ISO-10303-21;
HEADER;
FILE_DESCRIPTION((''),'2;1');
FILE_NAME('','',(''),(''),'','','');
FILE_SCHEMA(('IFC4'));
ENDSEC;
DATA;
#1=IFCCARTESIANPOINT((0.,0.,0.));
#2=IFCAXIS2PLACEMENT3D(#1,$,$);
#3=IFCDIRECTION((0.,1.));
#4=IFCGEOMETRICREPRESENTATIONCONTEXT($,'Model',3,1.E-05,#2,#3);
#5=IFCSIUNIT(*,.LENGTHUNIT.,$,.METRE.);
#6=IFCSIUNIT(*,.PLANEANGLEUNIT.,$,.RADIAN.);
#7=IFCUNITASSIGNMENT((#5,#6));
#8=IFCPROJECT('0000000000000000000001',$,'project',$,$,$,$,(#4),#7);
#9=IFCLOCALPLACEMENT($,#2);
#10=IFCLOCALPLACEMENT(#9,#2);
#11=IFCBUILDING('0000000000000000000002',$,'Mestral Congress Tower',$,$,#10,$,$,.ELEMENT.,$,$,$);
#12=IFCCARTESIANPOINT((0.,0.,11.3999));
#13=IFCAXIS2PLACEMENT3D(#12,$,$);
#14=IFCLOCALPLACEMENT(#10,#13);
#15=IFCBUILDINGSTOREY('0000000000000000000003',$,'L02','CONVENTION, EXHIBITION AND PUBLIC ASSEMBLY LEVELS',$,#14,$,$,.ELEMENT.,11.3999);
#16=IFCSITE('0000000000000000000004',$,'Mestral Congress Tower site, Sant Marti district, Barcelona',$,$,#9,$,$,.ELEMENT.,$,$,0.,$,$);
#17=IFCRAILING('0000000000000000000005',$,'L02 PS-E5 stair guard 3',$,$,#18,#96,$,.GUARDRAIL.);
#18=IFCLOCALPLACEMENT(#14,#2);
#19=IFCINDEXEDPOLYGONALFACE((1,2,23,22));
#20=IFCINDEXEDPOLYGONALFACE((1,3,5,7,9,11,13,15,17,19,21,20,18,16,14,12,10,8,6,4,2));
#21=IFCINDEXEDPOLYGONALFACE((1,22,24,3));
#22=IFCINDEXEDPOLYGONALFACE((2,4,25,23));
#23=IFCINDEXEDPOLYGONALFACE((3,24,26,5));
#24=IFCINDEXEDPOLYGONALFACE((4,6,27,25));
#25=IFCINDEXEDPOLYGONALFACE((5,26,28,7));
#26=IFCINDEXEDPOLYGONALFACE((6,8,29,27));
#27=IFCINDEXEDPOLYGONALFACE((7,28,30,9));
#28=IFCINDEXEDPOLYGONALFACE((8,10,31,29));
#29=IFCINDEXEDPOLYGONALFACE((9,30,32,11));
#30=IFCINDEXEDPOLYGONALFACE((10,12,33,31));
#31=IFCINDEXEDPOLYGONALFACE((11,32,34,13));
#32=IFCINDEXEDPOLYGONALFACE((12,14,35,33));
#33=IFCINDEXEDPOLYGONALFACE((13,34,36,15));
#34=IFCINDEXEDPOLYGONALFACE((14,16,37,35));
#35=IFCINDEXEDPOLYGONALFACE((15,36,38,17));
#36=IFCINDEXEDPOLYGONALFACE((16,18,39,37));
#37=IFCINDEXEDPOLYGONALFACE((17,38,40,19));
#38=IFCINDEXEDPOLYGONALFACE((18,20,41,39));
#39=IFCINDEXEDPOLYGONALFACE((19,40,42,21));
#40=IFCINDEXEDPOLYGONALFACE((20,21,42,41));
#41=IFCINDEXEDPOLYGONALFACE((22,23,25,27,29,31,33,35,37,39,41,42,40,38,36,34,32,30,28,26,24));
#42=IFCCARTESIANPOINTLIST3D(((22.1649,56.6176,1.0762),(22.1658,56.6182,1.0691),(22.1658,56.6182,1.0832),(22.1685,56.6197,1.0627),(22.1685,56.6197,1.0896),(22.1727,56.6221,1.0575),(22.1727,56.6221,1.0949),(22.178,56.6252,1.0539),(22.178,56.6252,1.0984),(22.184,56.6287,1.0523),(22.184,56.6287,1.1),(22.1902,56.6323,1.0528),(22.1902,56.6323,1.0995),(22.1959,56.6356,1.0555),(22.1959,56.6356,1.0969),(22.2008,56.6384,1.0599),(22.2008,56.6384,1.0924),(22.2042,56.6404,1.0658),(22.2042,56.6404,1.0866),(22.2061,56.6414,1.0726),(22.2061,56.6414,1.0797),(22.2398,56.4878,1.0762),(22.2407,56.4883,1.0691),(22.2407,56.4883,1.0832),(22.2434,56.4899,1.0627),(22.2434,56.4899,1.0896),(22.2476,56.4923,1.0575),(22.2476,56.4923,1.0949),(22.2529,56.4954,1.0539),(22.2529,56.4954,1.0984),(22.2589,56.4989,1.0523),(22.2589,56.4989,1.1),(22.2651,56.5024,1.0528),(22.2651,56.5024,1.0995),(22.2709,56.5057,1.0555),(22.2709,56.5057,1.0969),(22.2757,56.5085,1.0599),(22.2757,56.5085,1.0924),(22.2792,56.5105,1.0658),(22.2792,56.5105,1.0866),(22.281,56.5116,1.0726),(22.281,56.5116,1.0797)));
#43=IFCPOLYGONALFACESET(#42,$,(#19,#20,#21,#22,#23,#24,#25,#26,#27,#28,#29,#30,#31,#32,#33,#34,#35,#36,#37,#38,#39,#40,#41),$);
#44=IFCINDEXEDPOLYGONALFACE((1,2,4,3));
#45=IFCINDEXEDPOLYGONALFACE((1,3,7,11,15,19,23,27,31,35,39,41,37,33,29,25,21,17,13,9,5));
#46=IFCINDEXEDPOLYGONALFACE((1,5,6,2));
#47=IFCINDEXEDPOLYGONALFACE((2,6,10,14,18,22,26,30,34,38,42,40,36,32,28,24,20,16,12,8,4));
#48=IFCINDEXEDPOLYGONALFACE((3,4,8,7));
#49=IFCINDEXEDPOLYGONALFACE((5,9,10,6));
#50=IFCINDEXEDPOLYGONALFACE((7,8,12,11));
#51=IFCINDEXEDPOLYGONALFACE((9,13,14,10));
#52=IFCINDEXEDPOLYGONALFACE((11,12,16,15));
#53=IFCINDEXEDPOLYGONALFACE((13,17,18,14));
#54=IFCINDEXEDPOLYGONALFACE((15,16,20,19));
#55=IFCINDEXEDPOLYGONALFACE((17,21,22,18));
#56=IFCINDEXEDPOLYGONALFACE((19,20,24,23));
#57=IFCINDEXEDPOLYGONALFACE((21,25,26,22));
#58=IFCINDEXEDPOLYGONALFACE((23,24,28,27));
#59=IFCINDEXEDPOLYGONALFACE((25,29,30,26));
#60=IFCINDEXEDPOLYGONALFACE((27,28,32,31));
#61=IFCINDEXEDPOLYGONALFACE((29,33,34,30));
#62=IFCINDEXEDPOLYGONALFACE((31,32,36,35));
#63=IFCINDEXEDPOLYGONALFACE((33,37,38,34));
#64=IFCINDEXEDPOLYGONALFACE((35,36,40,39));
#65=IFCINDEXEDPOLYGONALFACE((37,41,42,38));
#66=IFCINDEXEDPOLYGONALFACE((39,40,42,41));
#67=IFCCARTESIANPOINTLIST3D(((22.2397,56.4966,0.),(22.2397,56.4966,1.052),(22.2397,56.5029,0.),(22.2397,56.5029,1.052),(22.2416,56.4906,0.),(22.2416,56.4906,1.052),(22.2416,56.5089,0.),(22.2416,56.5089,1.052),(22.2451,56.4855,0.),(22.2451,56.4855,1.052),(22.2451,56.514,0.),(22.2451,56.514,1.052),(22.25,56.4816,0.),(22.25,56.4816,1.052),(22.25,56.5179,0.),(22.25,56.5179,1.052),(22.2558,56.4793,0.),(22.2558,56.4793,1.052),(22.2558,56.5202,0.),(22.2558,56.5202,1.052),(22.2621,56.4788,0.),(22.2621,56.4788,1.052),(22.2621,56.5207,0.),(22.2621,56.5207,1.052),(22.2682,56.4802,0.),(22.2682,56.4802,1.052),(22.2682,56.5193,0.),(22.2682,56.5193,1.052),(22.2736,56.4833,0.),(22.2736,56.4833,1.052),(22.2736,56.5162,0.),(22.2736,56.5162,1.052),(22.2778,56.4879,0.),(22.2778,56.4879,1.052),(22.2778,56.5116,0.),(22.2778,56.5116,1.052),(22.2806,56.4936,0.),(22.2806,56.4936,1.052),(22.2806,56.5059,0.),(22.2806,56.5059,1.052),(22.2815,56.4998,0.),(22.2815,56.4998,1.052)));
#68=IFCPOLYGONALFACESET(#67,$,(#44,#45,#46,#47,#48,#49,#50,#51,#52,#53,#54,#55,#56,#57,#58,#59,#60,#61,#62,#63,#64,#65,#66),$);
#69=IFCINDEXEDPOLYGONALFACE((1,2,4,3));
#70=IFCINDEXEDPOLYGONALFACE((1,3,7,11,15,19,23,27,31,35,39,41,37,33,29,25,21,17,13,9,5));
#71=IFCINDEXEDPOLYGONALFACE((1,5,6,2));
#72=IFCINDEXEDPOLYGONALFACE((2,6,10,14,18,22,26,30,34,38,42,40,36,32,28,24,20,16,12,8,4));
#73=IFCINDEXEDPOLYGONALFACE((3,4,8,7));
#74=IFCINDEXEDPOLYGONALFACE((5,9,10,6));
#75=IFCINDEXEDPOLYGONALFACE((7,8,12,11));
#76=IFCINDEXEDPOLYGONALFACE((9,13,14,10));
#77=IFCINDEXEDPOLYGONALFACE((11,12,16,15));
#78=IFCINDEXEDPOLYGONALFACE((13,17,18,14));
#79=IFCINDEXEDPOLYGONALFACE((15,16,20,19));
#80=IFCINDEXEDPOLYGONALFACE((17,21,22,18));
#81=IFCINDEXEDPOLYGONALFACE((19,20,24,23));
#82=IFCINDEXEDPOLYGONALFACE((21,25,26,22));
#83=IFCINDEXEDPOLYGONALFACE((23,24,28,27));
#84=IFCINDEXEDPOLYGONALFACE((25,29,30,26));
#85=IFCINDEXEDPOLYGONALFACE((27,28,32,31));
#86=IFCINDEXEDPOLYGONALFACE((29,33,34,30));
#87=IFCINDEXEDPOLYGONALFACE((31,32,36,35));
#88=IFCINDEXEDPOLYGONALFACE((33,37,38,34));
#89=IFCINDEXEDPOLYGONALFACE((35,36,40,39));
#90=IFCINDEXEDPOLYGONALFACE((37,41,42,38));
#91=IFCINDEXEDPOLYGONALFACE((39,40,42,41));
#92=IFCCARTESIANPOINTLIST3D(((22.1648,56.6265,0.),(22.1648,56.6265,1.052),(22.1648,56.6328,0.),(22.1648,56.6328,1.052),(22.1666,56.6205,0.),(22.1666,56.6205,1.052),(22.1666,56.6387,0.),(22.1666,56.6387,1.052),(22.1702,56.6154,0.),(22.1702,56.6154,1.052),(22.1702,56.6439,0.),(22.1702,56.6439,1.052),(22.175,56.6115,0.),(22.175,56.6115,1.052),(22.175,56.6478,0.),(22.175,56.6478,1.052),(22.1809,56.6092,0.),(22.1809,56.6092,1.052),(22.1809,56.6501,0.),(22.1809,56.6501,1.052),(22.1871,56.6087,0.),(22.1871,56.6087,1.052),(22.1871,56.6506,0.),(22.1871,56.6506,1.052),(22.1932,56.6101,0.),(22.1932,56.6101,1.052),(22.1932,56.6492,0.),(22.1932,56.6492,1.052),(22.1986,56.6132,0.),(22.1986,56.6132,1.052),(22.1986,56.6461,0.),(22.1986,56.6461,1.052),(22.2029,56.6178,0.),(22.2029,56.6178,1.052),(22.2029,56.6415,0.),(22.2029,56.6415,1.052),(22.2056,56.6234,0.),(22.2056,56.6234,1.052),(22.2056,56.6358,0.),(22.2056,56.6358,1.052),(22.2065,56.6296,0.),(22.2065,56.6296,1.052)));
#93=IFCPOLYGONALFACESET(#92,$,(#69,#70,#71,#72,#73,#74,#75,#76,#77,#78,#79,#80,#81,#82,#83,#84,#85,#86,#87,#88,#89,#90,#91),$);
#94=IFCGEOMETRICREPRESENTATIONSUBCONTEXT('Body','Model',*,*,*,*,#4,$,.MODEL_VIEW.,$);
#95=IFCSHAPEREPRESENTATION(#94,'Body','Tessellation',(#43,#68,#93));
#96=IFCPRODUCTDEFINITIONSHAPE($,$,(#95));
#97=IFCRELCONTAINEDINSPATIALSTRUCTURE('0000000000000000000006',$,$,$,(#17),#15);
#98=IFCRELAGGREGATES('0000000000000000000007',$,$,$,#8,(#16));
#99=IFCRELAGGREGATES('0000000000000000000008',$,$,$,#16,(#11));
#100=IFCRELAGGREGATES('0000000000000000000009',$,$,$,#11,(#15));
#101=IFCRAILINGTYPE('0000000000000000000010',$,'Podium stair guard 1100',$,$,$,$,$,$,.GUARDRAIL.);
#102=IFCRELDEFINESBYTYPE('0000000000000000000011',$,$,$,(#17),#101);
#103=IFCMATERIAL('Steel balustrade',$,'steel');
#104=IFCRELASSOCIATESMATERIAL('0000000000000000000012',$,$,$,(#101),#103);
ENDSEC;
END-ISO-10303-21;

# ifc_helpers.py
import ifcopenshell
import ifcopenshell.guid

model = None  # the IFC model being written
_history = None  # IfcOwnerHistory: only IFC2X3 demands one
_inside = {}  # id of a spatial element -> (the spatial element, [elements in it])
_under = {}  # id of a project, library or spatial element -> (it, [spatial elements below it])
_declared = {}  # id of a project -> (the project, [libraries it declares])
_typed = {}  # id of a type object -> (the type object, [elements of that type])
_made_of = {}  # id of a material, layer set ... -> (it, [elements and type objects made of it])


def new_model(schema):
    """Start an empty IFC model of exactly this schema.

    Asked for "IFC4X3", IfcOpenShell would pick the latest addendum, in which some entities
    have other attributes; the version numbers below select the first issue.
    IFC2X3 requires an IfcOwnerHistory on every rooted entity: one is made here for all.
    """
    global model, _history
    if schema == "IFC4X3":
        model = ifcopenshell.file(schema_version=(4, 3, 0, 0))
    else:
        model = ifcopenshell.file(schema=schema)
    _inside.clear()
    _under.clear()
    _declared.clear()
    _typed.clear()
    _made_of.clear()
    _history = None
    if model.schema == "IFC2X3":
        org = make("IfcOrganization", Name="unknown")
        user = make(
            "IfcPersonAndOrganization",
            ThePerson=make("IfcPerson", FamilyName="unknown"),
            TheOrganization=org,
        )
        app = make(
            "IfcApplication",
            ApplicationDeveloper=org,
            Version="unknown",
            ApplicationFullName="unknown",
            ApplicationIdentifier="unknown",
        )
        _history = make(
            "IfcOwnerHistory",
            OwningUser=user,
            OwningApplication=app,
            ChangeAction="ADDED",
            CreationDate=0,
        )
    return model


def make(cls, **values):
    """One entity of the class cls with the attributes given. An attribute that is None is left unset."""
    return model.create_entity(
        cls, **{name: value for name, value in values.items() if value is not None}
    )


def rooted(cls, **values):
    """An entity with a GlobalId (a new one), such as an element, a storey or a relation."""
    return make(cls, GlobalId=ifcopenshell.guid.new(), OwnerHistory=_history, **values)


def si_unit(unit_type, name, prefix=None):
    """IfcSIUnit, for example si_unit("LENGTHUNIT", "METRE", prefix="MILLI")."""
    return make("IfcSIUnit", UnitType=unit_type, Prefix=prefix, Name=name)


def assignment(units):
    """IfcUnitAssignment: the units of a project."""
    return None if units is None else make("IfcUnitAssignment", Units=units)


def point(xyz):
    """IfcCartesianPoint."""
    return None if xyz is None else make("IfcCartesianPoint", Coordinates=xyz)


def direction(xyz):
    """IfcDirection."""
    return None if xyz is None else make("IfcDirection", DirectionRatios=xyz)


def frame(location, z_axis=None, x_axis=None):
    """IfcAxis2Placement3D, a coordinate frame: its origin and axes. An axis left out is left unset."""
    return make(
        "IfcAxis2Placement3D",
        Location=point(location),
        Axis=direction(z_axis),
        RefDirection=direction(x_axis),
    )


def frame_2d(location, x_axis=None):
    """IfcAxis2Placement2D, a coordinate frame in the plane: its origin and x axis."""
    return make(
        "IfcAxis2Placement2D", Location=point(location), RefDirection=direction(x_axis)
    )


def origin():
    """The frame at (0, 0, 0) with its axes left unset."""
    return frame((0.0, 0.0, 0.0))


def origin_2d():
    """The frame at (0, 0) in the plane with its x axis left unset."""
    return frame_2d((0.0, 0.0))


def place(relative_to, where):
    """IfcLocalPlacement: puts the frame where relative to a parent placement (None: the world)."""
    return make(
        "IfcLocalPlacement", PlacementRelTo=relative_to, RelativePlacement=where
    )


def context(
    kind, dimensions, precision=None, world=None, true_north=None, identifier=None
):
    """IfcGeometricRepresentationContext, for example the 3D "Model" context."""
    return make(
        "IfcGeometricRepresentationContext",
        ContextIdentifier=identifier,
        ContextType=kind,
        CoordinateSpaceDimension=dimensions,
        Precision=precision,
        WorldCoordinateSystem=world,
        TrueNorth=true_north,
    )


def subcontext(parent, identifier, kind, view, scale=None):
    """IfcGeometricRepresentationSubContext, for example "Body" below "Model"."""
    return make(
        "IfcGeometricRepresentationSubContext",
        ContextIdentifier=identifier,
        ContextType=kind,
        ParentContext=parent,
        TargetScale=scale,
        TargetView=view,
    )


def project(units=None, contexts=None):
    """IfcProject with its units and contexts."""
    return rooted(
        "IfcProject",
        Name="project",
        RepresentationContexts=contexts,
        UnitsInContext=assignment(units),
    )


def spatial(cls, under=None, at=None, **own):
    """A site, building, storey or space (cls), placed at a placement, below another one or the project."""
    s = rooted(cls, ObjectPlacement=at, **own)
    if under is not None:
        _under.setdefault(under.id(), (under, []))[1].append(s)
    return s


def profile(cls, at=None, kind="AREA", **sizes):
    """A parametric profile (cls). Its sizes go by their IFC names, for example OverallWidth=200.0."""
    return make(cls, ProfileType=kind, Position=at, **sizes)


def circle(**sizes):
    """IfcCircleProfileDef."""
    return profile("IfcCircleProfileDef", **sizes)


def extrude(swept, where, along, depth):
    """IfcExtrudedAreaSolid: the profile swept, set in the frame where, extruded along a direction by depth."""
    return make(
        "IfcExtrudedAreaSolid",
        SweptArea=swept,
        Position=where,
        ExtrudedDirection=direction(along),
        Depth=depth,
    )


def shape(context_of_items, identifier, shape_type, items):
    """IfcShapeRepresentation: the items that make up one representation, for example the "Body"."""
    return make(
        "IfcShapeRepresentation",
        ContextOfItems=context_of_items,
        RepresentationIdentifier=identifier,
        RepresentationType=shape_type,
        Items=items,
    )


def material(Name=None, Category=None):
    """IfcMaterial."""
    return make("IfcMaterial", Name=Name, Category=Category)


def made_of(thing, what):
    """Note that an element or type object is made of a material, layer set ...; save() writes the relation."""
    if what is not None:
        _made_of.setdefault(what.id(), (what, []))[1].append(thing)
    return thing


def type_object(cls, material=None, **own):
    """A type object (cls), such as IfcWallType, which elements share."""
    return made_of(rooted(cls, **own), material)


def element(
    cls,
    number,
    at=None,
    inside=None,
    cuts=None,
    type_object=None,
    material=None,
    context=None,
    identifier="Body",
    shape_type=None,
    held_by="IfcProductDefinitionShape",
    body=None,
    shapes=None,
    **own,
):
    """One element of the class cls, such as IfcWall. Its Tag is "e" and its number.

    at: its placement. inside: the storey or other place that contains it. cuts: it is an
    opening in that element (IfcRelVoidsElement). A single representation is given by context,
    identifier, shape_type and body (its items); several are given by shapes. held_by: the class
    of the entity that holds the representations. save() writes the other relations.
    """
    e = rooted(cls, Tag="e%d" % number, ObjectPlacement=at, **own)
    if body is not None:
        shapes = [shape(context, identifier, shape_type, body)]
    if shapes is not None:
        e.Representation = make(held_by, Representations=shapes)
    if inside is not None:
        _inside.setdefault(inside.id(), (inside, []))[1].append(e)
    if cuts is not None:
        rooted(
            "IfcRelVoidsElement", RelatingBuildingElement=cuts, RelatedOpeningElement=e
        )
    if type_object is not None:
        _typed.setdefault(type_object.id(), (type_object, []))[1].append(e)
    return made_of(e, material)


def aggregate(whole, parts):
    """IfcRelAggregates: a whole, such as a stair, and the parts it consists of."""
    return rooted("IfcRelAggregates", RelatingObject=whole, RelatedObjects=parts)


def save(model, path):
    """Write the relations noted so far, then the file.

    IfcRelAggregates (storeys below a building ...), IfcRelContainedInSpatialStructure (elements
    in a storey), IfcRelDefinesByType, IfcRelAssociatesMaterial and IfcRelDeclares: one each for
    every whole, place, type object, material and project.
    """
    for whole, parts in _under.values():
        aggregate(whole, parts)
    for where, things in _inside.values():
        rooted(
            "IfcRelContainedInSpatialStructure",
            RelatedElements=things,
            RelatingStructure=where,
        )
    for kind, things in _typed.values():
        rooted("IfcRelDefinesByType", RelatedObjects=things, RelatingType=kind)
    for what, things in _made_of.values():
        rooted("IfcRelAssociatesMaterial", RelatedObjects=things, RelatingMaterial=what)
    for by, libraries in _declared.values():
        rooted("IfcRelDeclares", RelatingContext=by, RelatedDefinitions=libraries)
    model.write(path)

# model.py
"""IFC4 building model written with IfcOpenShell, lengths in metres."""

from ifc_helpers import new_model, si_unit, direction, frame, origin, origin_2d, place, context, subcontext, project, spatial, circle, extrude, material, type_object, element, save


model = new_model("IFC4")

# Units and contexts
model_context = context("Model", 3, precision=1e-05, world=origin(), true_north=direction((0.0, 1.0)))
body_context = subcontext(model_context, "Body", "Model", "MODEL_VIEW")
ifc_project = project(units=[si_unit("LENGTHUNIT", "METRE"), si_unit("PLANEANGLEUNIT", "RADIAN")], contexts=[model_context])

# Site, building, storey
site_placement = place(None, origin())
site = spatial("IfcSite", under=ifc_project, at=site_placement, Name="Mestral Congress Tower site, Sant Marti district, Barcelona", CompositionType="ELEMENT", RefElevation=0.0)
building_placement = place(site_placement, origin())
building = spatial("IfcBuilding", under=site, at=building_placement, Name="Mestral Congress Tower", CompositionType="ELEMENT")
storey_placement = place(building_placement, frame((0.0, 0.0, 11.3999)))
storey = spatial("IfcBuildingStorey", under=building, at=storey_placement, Name="L02", Description="CONVENTION, EXHIBITION AND PUBLIC ASSEMBLY LEVELS", CompositionType="ELEMENT", Elevation=11.3999)

# Railing
ifc_material_1 = material(Name="Steel balustrade", Category="steel")
railing_type_1 = type_object("IfcRailingType", Name="Podium stair guard 1100", PredefinedType="GUARDRAIL", material=ifc_material_1)
railing_1_placement = place(storey_placement, frame((22.2605, 56.4998, 0.0)))
element("IfcRailing", 1, at=railing_1_placement, inside=storey, type_object=railing_type_1, Name="L02 PS-E5 stair guard 3", PredefinedType="GUARDRAIL", context=body_context, shape_type="SweptSolid", body=[
    extrude(circle(Radius=0.0239, at=origin_2d()), frame((0.0, 0.0, 1.0762), z_axis=(-0.499816, 0.866131, 0.0), x_axis=(-0.866131, -0.499816, 0.0)), (0.0, 0.0, 1.0), 0.1499),
    extrude(circle(Radius=0.021, at=origin_2d()), origin(), (0.0, 0.0, 1.0), 1.052),
    extrude(circle(Radius=0.021, at=origin_2d()), frame((-0.075, 0.1299, 0.0)), (0.0, 0.0, 1.0), 1.052),
])

save(model, "model.ifc")
